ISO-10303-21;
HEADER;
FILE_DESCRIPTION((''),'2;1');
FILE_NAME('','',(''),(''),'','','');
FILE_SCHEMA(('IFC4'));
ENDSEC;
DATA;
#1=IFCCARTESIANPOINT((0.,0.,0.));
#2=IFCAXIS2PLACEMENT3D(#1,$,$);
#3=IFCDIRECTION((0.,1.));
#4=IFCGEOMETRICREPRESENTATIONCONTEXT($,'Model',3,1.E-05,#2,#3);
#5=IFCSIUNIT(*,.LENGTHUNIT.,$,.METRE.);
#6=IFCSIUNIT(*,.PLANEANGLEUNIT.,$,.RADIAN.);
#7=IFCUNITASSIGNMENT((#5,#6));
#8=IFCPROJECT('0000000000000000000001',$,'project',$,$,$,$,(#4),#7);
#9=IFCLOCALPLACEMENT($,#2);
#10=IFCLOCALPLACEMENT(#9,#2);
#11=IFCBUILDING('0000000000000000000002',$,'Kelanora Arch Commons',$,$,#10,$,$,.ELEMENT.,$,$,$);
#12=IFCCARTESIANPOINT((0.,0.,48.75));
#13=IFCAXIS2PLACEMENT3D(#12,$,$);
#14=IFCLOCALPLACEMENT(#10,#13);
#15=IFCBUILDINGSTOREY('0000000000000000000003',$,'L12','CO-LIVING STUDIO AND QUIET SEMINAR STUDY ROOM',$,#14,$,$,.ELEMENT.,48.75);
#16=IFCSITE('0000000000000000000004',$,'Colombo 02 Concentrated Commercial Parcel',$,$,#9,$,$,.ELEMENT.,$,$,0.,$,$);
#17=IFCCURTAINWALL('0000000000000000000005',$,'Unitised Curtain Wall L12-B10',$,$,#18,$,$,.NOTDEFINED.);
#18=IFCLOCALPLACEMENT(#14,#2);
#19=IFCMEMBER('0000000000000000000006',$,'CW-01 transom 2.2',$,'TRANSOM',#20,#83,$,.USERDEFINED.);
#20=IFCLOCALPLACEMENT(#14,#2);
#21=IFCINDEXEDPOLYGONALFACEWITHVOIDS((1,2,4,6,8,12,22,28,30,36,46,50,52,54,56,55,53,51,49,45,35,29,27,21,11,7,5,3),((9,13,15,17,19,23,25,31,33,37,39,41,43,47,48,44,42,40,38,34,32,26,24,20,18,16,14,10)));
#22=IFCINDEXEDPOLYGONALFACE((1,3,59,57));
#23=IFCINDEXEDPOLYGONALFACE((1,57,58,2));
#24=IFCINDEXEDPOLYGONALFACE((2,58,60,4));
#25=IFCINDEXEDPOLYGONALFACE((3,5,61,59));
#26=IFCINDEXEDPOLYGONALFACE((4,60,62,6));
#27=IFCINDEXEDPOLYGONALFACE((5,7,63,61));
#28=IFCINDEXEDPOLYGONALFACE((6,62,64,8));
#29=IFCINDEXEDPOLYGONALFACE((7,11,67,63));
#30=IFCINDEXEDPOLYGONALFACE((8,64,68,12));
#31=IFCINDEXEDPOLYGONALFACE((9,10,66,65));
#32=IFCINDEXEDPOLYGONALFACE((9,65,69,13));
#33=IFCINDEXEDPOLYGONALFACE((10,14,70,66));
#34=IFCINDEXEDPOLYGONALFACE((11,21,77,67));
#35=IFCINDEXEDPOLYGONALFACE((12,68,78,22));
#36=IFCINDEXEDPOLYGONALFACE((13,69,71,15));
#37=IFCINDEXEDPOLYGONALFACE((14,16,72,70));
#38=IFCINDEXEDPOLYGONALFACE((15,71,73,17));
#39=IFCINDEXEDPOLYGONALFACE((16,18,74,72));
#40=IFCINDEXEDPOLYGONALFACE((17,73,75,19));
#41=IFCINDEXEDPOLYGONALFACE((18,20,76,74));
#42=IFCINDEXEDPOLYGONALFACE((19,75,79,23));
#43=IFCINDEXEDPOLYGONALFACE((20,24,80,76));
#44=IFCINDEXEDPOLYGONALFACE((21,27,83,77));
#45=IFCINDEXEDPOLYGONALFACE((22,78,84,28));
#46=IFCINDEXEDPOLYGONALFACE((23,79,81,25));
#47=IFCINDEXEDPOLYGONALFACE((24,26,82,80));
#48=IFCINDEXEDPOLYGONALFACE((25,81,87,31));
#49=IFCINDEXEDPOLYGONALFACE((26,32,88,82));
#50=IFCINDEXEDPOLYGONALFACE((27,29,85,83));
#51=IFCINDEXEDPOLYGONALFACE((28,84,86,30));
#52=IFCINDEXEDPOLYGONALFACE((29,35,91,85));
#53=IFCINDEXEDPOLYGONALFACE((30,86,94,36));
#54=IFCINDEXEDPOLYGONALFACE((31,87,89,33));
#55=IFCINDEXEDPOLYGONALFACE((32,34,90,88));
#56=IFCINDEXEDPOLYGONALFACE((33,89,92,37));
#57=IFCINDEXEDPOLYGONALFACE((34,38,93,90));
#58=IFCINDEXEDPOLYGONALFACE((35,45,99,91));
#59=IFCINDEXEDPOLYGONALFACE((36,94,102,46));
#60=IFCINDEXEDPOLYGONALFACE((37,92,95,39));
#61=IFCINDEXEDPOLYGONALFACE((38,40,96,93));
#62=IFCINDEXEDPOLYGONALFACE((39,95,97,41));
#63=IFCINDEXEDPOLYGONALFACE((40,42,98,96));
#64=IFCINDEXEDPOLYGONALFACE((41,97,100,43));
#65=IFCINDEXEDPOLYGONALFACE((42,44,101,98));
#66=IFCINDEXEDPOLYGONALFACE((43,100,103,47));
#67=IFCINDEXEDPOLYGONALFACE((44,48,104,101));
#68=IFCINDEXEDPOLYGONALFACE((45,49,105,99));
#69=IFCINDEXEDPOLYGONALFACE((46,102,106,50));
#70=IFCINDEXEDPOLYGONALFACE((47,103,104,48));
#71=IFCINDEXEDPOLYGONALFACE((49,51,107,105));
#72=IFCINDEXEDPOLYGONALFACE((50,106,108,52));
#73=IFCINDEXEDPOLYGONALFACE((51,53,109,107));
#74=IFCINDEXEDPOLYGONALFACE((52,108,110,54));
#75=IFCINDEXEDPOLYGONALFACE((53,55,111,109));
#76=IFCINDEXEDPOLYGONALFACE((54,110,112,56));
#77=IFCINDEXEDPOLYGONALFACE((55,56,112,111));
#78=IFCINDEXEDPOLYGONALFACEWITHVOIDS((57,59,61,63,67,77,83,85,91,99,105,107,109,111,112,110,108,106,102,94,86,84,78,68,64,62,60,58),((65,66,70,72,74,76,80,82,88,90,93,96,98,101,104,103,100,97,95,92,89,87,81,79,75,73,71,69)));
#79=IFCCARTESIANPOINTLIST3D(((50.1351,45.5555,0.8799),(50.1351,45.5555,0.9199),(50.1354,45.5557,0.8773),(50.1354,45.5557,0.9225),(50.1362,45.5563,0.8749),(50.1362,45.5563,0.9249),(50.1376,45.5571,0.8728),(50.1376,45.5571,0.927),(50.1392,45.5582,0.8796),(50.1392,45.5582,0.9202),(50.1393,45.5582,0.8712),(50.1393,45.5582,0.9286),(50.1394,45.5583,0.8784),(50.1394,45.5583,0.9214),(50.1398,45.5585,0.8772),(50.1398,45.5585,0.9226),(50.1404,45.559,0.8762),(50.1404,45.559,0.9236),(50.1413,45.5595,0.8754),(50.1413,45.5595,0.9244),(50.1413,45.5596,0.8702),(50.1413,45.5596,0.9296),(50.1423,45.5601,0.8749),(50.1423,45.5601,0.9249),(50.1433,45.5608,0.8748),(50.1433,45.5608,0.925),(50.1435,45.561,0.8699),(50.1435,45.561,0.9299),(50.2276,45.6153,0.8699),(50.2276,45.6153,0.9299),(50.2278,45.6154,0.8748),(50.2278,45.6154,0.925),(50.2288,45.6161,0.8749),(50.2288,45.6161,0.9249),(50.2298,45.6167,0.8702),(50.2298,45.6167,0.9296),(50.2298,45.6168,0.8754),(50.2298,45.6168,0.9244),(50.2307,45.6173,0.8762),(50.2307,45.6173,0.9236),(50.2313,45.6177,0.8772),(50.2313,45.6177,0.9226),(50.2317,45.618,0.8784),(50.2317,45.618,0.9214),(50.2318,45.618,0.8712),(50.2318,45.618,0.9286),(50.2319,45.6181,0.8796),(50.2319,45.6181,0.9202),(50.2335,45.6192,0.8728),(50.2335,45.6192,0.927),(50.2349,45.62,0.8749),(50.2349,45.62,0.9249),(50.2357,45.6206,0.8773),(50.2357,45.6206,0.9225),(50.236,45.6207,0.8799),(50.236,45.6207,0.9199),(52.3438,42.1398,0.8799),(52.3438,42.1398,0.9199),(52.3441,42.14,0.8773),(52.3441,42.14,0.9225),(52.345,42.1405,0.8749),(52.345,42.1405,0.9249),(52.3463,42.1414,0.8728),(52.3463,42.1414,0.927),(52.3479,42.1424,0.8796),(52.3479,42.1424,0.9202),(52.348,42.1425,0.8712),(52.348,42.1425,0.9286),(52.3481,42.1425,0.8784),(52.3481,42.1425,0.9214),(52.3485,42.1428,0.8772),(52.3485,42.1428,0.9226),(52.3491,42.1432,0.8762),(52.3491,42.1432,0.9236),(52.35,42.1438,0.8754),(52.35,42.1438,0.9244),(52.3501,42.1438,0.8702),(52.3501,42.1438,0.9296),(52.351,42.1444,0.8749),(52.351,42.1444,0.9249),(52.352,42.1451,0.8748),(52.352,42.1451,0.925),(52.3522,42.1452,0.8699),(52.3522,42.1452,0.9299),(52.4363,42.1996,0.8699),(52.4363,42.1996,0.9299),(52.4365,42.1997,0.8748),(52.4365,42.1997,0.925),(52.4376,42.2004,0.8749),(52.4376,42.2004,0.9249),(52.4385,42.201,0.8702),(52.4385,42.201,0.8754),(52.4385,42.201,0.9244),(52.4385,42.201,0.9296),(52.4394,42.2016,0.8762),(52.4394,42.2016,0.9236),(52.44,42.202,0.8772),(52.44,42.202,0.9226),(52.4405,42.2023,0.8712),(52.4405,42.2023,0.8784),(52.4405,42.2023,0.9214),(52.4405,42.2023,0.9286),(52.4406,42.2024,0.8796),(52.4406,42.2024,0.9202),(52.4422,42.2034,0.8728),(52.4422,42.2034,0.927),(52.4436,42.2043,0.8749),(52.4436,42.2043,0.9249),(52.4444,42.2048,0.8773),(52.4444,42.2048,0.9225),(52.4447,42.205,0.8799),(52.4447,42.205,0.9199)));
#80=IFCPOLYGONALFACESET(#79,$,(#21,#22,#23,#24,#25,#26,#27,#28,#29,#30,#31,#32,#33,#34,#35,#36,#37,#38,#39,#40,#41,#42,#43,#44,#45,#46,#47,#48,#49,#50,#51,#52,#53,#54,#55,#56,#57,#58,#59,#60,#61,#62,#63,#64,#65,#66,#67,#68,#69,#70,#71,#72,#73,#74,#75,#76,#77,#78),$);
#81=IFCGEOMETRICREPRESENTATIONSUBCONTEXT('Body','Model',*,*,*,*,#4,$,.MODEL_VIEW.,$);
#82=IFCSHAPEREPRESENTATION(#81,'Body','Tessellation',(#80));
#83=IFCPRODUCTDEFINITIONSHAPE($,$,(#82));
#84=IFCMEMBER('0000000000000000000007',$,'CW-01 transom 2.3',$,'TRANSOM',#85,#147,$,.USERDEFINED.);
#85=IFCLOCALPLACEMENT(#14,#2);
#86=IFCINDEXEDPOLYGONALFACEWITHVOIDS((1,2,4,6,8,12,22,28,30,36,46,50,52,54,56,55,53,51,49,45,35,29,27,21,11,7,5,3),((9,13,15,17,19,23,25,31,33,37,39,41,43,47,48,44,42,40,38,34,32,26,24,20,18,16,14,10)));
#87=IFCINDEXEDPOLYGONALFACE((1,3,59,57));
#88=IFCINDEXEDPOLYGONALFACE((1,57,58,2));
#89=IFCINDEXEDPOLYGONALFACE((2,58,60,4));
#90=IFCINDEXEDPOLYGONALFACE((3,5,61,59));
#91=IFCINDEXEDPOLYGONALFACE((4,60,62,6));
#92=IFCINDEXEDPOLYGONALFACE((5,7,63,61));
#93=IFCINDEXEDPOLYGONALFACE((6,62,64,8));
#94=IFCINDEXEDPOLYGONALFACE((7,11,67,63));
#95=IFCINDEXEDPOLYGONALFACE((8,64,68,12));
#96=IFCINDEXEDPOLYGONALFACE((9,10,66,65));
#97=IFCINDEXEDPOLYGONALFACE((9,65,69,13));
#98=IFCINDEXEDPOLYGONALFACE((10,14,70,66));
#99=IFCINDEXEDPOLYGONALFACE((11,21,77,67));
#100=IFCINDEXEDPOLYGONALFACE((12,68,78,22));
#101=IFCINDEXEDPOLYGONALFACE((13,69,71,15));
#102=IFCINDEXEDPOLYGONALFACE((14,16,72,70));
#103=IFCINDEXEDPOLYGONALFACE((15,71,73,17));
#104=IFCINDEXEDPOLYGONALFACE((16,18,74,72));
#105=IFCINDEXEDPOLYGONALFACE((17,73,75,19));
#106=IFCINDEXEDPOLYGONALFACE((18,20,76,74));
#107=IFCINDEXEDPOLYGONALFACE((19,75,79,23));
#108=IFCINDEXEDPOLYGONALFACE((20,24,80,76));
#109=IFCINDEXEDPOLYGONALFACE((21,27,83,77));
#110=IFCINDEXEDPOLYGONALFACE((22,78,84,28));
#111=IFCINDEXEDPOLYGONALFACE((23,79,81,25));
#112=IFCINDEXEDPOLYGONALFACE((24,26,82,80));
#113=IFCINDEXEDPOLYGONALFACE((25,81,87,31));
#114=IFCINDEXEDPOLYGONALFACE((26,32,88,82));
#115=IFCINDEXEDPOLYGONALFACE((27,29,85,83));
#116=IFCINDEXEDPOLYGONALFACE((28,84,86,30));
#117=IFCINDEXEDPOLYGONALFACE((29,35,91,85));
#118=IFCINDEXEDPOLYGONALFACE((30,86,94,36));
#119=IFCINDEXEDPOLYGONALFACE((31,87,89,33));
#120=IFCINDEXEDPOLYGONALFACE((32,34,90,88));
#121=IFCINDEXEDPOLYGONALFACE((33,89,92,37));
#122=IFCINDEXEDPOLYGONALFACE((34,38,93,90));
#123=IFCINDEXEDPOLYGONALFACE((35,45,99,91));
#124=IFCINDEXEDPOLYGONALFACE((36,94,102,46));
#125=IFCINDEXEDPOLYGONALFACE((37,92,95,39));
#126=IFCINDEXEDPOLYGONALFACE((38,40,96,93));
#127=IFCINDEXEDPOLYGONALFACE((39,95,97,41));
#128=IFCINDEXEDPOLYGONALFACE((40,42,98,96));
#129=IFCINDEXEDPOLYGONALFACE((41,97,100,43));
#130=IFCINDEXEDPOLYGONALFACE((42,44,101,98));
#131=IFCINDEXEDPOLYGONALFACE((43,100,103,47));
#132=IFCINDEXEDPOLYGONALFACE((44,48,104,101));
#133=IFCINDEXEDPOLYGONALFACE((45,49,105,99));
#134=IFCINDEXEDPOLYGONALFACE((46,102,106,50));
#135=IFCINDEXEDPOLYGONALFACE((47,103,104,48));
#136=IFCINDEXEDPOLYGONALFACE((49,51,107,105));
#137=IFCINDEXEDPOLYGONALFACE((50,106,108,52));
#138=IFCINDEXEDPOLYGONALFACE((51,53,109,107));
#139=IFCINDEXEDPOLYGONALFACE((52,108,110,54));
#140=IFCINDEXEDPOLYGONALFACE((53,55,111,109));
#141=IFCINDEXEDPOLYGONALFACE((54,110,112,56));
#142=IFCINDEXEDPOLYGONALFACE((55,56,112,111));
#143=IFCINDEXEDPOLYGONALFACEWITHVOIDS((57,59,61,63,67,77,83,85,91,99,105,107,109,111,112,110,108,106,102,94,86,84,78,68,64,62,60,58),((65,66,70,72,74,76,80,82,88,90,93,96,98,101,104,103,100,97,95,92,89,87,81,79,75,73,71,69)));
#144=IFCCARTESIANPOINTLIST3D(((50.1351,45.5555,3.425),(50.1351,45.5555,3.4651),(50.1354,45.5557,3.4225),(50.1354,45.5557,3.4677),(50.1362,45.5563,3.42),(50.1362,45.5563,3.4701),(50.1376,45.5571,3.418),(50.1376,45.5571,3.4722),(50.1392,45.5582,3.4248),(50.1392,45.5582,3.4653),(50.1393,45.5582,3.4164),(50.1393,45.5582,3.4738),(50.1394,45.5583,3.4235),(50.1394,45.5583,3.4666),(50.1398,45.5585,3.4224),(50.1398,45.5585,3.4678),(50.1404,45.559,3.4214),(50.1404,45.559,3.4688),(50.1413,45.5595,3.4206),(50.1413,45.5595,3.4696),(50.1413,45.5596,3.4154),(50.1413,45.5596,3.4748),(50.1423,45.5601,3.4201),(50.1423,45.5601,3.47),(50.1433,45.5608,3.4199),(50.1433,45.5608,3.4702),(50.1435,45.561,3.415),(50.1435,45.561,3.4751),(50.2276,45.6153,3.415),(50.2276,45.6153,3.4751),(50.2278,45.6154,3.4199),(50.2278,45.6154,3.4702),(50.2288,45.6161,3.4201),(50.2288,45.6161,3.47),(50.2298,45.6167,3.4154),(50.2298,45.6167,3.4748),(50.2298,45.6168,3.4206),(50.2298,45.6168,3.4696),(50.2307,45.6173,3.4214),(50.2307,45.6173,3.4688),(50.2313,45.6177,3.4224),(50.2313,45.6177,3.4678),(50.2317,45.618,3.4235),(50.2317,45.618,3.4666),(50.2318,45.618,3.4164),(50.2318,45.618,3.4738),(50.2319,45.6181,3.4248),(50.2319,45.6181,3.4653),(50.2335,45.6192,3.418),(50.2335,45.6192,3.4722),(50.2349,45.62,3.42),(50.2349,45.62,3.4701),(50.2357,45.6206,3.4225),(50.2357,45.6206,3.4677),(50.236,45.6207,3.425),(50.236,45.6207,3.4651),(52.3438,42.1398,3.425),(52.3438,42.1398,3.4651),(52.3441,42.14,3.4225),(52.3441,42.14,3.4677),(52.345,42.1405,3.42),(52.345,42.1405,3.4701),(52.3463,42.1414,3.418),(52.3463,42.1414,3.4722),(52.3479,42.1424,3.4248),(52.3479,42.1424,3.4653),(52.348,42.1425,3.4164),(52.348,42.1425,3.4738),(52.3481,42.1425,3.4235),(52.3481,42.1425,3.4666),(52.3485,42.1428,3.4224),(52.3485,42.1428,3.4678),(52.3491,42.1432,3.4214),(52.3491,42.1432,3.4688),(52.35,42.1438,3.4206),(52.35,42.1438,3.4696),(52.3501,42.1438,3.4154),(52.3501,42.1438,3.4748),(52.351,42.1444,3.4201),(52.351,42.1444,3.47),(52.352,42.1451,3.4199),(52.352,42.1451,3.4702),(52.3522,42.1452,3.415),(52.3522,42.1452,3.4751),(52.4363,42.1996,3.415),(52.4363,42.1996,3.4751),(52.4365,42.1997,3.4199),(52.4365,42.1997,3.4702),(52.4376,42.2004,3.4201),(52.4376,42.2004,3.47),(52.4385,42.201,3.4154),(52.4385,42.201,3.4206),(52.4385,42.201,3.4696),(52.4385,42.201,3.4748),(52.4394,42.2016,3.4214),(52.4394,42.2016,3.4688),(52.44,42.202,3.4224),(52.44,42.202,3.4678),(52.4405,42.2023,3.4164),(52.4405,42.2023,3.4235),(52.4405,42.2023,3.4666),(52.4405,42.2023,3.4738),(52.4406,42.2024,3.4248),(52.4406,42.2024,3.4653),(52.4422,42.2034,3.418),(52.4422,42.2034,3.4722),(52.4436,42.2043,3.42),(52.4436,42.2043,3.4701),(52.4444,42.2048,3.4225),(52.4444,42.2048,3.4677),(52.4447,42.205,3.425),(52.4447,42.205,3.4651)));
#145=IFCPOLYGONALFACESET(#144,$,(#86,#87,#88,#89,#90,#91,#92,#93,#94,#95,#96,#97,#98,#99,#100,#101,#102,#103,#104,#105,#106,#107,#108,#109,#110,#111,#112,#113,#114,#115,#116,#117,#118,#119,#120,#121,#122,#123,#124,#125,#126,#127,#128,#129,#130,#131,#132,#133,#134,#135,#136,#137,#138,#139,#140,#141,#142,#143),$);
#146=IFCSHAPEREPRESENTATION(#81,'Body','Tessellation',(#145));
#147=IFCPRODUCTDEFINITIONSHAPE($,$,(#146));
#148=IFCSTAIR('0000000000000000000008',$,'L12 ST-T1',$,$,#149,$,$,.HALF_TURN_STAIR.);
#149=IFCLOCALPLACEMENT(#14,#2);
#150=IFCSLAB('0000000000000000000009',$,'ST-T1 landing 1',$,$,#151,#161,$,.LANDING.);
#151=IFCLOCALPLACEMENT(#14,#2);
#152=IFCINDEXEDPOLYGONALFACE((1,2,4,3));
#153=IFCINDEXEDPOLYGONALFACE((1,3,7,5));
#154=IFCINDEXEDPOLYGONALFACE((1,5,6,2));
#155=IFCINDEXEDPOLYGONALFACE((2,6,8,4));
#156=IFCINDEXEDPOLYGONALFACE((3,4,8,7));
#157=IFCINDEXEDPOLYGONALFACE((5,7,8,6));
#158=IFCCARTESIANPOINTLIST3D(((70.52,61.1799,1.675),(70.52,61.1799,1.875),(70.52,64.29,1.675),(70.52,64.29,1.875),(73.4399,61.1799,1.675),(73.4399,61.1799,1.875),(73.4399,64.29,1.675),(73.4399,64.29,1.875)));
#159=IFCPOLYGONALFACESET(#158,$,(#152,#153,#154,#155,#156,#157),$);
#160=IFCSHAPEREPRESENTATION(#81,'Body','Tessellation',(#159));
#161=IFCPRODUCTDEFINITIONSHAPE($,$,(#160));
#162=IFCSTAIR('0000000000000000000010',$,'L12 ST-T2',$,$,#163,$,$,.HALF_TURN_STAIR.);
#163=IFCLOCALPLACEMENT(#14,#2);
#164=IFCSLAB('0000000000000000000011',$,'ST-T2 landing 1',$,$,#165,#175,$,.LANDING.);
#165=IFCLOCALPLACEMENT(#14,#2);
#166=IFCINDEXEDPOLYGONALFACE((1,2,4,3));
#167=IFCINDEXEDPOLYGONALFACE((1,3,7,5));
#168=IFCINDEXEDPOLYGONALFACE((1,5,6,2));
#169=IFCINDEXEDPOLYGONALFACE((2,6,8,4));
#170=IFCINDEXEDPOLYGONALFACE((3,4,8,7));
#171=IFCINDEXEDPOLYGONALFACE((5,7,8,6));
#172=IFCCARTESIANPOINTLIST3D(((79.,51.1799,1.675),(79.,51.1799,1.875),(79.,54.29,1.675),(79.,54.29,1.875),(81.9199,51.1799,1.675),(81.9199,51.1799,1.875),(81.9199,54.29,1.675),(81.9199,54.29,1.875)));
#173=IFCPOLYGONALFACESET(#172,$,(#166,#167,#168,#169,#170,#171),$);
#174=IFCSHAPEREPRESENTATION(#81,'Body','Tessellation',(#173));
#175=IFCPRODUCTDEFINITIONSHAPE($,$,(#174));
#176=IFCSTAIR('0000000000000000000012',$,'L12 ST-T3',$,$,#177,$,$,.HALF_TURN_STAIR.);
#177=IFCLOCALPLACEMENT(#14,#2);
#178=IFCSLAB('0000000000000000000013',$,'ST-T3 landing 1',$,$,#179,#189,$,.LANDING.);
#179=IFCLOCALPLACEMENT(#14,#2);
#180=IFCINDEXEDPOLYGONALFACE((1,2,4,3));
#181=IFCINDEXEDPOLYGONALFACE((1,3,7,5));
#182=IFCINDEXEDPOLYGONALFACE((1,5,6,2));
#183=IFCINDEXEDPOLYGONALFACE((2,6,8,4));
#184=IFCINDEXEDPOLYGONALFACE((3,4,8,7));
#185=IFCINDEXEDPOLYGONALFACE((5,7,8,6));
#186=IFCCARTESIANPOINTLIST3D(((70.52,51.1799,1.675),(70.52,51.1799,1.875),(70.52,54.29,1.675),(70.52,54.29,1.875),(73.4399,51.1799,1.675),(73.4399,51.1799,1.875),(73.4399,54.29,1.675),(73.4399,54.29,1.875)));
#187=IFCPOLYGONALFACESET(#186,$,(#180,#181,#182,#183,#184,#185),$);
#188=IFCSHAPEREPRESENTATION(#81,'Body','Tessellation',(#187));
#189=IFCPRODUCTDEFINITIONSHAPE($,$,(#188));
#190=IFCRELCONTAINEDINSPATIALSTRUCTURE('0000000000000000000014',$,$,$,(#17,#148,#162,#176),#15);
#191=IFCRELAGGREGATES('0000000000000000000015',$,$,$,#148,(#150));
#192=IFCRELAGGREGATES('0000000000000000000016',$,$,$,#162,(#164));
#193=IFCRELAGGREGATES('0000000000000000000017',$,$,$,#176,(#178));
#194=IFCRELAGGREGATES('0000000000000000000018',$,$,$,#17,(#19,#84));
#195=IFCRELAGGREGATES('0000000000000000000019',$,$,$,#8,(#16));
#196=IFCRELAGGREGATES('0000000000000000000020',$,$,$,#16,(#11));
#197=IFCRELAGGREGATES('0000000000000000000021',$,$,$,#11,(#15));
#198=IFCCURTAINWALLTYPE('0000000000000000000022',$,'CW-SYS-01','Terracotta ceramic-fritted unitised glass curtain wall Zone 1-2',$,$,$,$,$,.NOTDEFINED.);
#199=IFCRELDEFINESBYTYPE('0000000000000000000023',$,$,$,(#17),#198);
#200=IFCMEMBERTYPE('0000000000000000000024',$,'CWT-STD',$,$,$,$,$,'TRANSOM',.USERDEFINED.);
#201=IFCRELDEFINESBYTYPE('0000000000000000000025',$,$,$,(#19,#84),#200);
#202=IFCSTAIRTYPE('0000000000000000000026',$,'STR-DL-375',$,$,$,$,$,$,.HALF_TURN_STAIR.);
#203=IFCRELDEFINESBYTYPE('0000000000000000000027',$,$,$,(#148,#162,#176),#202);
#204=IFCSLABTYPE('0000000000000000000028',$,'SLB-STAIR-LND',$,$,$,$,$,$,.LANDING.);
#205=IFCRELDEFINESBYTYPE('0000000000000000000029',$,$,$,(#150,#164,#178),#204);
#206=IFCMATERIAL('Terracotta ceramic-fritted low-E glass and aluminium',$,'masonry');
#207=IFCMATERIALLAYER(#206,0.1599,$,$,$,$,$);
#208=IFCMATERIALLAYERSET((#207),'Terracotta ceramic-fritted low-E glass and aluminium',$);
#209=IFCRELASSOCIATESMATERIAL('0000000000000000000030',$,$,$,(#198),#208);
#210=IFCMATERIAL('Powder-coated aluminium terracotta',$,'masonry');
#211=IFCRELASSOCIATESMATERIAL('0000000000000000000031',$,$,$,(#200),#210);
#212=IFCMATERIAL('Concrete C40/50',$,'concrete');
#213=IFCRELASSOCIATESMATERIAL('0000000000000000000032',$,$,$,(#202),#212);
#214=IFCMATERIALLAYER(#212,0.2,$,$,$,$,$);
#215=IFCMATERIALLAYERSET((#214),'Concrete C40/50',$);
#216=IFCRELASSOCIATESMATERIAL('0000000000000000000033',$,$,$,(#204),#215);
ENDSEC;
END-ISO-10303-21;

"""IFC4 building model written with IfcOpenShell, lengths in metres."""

from ifc_helpers import new_model, si_unit, direction, frame, origin, origin_2d, place, context, subcontext, project, spatial, polyline, hollow_rectangle, outline, extrude, material, layer, layer_set, material_profile, profile_set, type_object, element, aggregate, save


model = new_model("IFC4")

# Units and contexts
model_context = context("Model", 3, precision=1e-05, world=origin(), true_north=direction((0.0, 1.0)))
body_context = subcontext(model_context, "Body", "Model", "MODEL_VIEW")
ifc_project = project(units=[si_unit("LENGTHUNIT", "METRE"), si_unit("PLANEANGLEUNIT", "RADIAN")], contexts=[model_context])

# Site, building, storey
site_placement = place(None, origin())
site = spatial("IfcSite", under=ifc_project, at=site_placement, Name="Colombo 02 Concentrated Commercial Parcel", CompositionType="ELEMENT", RefElevation=0.0)
building_placement = place(site_placement, origin())
building = spatial("IfcBuilding", under=site, at=building_placement, Name="Kelanora Arch Commons", CompositionType="ELEMENT")
storey_placement = place(building_placement, frame((0.0, 0.0, 48.75)))
storey = spatial("IfcBuildingStorey", under=building, at=storey_placement, Name="L12", Description="CO-LIVING STUDIO AND QUIET SEMINAR STUDY ROOM", CompositionType="ELEMENT", Elevation=48.75)

# Shared definitions
ifc_material_1 = material(Name="Terracotta ceramic-fritted low-E glass and aluminium", Category="masonry")
ifc_layer_1 = layer(ifc_material_1, 0.1599)
ifc_layer_set_1 = layer_set([ifc_layer_1], Name="Terracotta ceramic-fritted low-E glass and aluminium")
curtain_wall_type = type_object("IfcCurtainWallType", Name="CW-SYS-01", Description="Terracotta ceramic-fritted unitised glass curtain wall Zone 1-2", PredefinedType="NOTDEFINED", material=ifc_layer_set_1)
ifc_material_2 = material(Name="Powder-coated aluminium terracotta", Category="masonry")

# Curtain wall, members
curtain_wall_1_placement = place(storey_placement, origin())
curtain_wall_1 = element("IfcCurtainWall", 1, at=curtain_wall_1_placement, inside=storey, type_object=curtain_wall_type, Name="Unitised Curtain Wall L12-B10", PredefinedType="NOTDEFINED")
ifc_material_profile_1 = material_profile(ifc_material_2, hollow_rectangle(XDim=0.1201, YDim=0.0601, WallThickness=0.0049, InnerFilletRadius=0.0049, OuterFilletRadius=0.01, at=origin_2d()), Name="CWT120x60")
ifc_profile_set_1 = profile_set([ifc_material_profile_1], Name="Powder-coated aluminium terracotta")
member_type_1 = type_object("IfcMemberType", Name="CWT-STD", ElementType="TRANSOM", PredefinedType="USERDEFINED", material=ifc_profile_set_1)
member_1_placement = place(storey_placement, frame((50.1855, 45.5881, 0.8999), z_axis=(0.542997, -0.839734, 0.0), x_axis=(0.839734, 0.542997, 0.0)))
member_1 = element("IfcMember", 2, at=member_1_placement, type_object=member_type_1, Name="CW-01 transom 2.2", ObjectType="TRANSOM", PredefinedType="USERDEFINED", context=body_context, shape_type="SweptSolid", body=[
    extrude(hollow_rectangle(XDim=0.1201, YDim=0.0601, WallThickness=0.0049, InnerFilletRadius=0.0049, OuterFilletRadius=0.01, at=origin_2d()), origin(), (0.0, 0.0, 1.0), 4.0676),
])
member_2_placement = place(storey_placement, frame((50.1855, 45.5881, 3.4451), z_axis=(0.542997, -0.839734, 0.0), x_axis=(0.839734, 0.542997, 0.0)))
member_2 = element("IfcMember", 3, at=member_2_placement, type_object=member_type_1, Name="CW-01 transom 2.3", ObjectType="TRANSOM", PredefinedType="USERDEFINED", context=body_context, shape_type="SweptSolid", body=[
    extrude(hollow_rectangle(XDim=0.1201, YDim=0.0601, WallThickness=0.0049, InnerFilletRadius=0.0049, OuterFilletRadius=0.01, at=origin_2d()), origin(), (0.0, 0.0, 1.0), 4.0676),
])

# Stairs, slabs
ifc_material_3 = material(Name="Concrete C40/50", Category="concrete")
stair_type = type_object("IfcStairType", Name="STR-DL-375", PredefinedType="HALF_TURN_STAIR", material=ifc_material_3)
stair_1_placement = place(storey_placement, origin())
stair_1 = element("IfcStair", 4, at=stair_1_placement, inside=storey, type_object=stair_type, Name="L12 ST-T1", PredefinedType="HALF_TURN_STAIR")
ifc_layer_2 = layer(ifc_material_3, 0.2)
ifc_layer_set_2 = layer_set([ifc_layer_2], Name="Concrete C40/50")
slab_type_1 = type_object("IfcSlabType", Name="SLB-STAIR-LND", PredefinedType="LANDING", material=ifc_layer_set_2)
slab_1_placement = place(storey_placement, frame((0.0, 0.0, 1.675)))
slab_1 = element("IfcSlab", 5, at=slab_1_placement, type_object=slab_type_1, Name="ST-T1 landing 1", PredefinedType="LANDING", context=body_context, shape_type="SweptSolid", body=[
    extrude(outline(polyline([(70.52, 61.1799), (73.4399, 61.1799), (73.4399, 64.29), (70.52, 64.29), (70.52, 61.1799)])), origin(), (0.0, 0.0, 1.0), 0.2),
])
aggregate(stair_1, [slab_1])
stair_2_placement = place(storey_placement, origin())
stair_2 = element("IfcStair", 6, at=stair_2_placement, inside=storey, type_object=stair_type, Name="L12 ST-T2", PredefinedType="HALF_TURN_STAIR")
slab_2_placement = place(storey_placement, frame((0.0, 0.0, 1.675)))
slab_2 = element("IfcSlab", 7, at=slab_2_placement, type_object=slab_type_1, Name="ST-T2 landing 1", PredefinedType="LANDING", context=body_context, shape_type="SweptSolid", body=[
    extrude(outline(polyline([(79.0, 51.1799), (81.9199, 51.1799), (81.9199, 54.29), (79.0, 54.29), (79.0, 51.1799)])), origin(), (0.0, 0.0, 1.0), 0.2),
])
aggregate(stair_2, [slab_2])
stair_3_placement = place(storey_placement, origin())
stair_3 = element("IfcStair", 8, at=stair_3_placement, inside=storey, type_object=stair_type, Name="L12 ST-T3", PredefinedType="HALF_TURN_STAIR")
slab_3_placement = place(storey_placement, frame((0.0, 0.0, 1.675)))
slab_3 = element("IfcSlab", 9, at=slab_3_placement, type_object=slab_type_1, Name="ST-T3 landing 1", PredefinedType="LANDING", context=body_context, shape_type="SweptSolid", body=[
    extrude(outline(polyline([(70.52, 51.1799), (73.4399, 51.1799), (73.4399, 54.29), (70.52, 54.29), (70.52, 51.1799)])), origin(), (0.0, 0.0, 1.0), 0.2),
])
aggregate(stair_3, [slab_3])

aggregate(curtain_wall_1, [member_1, member_2])

save(model, "model.ifc")
